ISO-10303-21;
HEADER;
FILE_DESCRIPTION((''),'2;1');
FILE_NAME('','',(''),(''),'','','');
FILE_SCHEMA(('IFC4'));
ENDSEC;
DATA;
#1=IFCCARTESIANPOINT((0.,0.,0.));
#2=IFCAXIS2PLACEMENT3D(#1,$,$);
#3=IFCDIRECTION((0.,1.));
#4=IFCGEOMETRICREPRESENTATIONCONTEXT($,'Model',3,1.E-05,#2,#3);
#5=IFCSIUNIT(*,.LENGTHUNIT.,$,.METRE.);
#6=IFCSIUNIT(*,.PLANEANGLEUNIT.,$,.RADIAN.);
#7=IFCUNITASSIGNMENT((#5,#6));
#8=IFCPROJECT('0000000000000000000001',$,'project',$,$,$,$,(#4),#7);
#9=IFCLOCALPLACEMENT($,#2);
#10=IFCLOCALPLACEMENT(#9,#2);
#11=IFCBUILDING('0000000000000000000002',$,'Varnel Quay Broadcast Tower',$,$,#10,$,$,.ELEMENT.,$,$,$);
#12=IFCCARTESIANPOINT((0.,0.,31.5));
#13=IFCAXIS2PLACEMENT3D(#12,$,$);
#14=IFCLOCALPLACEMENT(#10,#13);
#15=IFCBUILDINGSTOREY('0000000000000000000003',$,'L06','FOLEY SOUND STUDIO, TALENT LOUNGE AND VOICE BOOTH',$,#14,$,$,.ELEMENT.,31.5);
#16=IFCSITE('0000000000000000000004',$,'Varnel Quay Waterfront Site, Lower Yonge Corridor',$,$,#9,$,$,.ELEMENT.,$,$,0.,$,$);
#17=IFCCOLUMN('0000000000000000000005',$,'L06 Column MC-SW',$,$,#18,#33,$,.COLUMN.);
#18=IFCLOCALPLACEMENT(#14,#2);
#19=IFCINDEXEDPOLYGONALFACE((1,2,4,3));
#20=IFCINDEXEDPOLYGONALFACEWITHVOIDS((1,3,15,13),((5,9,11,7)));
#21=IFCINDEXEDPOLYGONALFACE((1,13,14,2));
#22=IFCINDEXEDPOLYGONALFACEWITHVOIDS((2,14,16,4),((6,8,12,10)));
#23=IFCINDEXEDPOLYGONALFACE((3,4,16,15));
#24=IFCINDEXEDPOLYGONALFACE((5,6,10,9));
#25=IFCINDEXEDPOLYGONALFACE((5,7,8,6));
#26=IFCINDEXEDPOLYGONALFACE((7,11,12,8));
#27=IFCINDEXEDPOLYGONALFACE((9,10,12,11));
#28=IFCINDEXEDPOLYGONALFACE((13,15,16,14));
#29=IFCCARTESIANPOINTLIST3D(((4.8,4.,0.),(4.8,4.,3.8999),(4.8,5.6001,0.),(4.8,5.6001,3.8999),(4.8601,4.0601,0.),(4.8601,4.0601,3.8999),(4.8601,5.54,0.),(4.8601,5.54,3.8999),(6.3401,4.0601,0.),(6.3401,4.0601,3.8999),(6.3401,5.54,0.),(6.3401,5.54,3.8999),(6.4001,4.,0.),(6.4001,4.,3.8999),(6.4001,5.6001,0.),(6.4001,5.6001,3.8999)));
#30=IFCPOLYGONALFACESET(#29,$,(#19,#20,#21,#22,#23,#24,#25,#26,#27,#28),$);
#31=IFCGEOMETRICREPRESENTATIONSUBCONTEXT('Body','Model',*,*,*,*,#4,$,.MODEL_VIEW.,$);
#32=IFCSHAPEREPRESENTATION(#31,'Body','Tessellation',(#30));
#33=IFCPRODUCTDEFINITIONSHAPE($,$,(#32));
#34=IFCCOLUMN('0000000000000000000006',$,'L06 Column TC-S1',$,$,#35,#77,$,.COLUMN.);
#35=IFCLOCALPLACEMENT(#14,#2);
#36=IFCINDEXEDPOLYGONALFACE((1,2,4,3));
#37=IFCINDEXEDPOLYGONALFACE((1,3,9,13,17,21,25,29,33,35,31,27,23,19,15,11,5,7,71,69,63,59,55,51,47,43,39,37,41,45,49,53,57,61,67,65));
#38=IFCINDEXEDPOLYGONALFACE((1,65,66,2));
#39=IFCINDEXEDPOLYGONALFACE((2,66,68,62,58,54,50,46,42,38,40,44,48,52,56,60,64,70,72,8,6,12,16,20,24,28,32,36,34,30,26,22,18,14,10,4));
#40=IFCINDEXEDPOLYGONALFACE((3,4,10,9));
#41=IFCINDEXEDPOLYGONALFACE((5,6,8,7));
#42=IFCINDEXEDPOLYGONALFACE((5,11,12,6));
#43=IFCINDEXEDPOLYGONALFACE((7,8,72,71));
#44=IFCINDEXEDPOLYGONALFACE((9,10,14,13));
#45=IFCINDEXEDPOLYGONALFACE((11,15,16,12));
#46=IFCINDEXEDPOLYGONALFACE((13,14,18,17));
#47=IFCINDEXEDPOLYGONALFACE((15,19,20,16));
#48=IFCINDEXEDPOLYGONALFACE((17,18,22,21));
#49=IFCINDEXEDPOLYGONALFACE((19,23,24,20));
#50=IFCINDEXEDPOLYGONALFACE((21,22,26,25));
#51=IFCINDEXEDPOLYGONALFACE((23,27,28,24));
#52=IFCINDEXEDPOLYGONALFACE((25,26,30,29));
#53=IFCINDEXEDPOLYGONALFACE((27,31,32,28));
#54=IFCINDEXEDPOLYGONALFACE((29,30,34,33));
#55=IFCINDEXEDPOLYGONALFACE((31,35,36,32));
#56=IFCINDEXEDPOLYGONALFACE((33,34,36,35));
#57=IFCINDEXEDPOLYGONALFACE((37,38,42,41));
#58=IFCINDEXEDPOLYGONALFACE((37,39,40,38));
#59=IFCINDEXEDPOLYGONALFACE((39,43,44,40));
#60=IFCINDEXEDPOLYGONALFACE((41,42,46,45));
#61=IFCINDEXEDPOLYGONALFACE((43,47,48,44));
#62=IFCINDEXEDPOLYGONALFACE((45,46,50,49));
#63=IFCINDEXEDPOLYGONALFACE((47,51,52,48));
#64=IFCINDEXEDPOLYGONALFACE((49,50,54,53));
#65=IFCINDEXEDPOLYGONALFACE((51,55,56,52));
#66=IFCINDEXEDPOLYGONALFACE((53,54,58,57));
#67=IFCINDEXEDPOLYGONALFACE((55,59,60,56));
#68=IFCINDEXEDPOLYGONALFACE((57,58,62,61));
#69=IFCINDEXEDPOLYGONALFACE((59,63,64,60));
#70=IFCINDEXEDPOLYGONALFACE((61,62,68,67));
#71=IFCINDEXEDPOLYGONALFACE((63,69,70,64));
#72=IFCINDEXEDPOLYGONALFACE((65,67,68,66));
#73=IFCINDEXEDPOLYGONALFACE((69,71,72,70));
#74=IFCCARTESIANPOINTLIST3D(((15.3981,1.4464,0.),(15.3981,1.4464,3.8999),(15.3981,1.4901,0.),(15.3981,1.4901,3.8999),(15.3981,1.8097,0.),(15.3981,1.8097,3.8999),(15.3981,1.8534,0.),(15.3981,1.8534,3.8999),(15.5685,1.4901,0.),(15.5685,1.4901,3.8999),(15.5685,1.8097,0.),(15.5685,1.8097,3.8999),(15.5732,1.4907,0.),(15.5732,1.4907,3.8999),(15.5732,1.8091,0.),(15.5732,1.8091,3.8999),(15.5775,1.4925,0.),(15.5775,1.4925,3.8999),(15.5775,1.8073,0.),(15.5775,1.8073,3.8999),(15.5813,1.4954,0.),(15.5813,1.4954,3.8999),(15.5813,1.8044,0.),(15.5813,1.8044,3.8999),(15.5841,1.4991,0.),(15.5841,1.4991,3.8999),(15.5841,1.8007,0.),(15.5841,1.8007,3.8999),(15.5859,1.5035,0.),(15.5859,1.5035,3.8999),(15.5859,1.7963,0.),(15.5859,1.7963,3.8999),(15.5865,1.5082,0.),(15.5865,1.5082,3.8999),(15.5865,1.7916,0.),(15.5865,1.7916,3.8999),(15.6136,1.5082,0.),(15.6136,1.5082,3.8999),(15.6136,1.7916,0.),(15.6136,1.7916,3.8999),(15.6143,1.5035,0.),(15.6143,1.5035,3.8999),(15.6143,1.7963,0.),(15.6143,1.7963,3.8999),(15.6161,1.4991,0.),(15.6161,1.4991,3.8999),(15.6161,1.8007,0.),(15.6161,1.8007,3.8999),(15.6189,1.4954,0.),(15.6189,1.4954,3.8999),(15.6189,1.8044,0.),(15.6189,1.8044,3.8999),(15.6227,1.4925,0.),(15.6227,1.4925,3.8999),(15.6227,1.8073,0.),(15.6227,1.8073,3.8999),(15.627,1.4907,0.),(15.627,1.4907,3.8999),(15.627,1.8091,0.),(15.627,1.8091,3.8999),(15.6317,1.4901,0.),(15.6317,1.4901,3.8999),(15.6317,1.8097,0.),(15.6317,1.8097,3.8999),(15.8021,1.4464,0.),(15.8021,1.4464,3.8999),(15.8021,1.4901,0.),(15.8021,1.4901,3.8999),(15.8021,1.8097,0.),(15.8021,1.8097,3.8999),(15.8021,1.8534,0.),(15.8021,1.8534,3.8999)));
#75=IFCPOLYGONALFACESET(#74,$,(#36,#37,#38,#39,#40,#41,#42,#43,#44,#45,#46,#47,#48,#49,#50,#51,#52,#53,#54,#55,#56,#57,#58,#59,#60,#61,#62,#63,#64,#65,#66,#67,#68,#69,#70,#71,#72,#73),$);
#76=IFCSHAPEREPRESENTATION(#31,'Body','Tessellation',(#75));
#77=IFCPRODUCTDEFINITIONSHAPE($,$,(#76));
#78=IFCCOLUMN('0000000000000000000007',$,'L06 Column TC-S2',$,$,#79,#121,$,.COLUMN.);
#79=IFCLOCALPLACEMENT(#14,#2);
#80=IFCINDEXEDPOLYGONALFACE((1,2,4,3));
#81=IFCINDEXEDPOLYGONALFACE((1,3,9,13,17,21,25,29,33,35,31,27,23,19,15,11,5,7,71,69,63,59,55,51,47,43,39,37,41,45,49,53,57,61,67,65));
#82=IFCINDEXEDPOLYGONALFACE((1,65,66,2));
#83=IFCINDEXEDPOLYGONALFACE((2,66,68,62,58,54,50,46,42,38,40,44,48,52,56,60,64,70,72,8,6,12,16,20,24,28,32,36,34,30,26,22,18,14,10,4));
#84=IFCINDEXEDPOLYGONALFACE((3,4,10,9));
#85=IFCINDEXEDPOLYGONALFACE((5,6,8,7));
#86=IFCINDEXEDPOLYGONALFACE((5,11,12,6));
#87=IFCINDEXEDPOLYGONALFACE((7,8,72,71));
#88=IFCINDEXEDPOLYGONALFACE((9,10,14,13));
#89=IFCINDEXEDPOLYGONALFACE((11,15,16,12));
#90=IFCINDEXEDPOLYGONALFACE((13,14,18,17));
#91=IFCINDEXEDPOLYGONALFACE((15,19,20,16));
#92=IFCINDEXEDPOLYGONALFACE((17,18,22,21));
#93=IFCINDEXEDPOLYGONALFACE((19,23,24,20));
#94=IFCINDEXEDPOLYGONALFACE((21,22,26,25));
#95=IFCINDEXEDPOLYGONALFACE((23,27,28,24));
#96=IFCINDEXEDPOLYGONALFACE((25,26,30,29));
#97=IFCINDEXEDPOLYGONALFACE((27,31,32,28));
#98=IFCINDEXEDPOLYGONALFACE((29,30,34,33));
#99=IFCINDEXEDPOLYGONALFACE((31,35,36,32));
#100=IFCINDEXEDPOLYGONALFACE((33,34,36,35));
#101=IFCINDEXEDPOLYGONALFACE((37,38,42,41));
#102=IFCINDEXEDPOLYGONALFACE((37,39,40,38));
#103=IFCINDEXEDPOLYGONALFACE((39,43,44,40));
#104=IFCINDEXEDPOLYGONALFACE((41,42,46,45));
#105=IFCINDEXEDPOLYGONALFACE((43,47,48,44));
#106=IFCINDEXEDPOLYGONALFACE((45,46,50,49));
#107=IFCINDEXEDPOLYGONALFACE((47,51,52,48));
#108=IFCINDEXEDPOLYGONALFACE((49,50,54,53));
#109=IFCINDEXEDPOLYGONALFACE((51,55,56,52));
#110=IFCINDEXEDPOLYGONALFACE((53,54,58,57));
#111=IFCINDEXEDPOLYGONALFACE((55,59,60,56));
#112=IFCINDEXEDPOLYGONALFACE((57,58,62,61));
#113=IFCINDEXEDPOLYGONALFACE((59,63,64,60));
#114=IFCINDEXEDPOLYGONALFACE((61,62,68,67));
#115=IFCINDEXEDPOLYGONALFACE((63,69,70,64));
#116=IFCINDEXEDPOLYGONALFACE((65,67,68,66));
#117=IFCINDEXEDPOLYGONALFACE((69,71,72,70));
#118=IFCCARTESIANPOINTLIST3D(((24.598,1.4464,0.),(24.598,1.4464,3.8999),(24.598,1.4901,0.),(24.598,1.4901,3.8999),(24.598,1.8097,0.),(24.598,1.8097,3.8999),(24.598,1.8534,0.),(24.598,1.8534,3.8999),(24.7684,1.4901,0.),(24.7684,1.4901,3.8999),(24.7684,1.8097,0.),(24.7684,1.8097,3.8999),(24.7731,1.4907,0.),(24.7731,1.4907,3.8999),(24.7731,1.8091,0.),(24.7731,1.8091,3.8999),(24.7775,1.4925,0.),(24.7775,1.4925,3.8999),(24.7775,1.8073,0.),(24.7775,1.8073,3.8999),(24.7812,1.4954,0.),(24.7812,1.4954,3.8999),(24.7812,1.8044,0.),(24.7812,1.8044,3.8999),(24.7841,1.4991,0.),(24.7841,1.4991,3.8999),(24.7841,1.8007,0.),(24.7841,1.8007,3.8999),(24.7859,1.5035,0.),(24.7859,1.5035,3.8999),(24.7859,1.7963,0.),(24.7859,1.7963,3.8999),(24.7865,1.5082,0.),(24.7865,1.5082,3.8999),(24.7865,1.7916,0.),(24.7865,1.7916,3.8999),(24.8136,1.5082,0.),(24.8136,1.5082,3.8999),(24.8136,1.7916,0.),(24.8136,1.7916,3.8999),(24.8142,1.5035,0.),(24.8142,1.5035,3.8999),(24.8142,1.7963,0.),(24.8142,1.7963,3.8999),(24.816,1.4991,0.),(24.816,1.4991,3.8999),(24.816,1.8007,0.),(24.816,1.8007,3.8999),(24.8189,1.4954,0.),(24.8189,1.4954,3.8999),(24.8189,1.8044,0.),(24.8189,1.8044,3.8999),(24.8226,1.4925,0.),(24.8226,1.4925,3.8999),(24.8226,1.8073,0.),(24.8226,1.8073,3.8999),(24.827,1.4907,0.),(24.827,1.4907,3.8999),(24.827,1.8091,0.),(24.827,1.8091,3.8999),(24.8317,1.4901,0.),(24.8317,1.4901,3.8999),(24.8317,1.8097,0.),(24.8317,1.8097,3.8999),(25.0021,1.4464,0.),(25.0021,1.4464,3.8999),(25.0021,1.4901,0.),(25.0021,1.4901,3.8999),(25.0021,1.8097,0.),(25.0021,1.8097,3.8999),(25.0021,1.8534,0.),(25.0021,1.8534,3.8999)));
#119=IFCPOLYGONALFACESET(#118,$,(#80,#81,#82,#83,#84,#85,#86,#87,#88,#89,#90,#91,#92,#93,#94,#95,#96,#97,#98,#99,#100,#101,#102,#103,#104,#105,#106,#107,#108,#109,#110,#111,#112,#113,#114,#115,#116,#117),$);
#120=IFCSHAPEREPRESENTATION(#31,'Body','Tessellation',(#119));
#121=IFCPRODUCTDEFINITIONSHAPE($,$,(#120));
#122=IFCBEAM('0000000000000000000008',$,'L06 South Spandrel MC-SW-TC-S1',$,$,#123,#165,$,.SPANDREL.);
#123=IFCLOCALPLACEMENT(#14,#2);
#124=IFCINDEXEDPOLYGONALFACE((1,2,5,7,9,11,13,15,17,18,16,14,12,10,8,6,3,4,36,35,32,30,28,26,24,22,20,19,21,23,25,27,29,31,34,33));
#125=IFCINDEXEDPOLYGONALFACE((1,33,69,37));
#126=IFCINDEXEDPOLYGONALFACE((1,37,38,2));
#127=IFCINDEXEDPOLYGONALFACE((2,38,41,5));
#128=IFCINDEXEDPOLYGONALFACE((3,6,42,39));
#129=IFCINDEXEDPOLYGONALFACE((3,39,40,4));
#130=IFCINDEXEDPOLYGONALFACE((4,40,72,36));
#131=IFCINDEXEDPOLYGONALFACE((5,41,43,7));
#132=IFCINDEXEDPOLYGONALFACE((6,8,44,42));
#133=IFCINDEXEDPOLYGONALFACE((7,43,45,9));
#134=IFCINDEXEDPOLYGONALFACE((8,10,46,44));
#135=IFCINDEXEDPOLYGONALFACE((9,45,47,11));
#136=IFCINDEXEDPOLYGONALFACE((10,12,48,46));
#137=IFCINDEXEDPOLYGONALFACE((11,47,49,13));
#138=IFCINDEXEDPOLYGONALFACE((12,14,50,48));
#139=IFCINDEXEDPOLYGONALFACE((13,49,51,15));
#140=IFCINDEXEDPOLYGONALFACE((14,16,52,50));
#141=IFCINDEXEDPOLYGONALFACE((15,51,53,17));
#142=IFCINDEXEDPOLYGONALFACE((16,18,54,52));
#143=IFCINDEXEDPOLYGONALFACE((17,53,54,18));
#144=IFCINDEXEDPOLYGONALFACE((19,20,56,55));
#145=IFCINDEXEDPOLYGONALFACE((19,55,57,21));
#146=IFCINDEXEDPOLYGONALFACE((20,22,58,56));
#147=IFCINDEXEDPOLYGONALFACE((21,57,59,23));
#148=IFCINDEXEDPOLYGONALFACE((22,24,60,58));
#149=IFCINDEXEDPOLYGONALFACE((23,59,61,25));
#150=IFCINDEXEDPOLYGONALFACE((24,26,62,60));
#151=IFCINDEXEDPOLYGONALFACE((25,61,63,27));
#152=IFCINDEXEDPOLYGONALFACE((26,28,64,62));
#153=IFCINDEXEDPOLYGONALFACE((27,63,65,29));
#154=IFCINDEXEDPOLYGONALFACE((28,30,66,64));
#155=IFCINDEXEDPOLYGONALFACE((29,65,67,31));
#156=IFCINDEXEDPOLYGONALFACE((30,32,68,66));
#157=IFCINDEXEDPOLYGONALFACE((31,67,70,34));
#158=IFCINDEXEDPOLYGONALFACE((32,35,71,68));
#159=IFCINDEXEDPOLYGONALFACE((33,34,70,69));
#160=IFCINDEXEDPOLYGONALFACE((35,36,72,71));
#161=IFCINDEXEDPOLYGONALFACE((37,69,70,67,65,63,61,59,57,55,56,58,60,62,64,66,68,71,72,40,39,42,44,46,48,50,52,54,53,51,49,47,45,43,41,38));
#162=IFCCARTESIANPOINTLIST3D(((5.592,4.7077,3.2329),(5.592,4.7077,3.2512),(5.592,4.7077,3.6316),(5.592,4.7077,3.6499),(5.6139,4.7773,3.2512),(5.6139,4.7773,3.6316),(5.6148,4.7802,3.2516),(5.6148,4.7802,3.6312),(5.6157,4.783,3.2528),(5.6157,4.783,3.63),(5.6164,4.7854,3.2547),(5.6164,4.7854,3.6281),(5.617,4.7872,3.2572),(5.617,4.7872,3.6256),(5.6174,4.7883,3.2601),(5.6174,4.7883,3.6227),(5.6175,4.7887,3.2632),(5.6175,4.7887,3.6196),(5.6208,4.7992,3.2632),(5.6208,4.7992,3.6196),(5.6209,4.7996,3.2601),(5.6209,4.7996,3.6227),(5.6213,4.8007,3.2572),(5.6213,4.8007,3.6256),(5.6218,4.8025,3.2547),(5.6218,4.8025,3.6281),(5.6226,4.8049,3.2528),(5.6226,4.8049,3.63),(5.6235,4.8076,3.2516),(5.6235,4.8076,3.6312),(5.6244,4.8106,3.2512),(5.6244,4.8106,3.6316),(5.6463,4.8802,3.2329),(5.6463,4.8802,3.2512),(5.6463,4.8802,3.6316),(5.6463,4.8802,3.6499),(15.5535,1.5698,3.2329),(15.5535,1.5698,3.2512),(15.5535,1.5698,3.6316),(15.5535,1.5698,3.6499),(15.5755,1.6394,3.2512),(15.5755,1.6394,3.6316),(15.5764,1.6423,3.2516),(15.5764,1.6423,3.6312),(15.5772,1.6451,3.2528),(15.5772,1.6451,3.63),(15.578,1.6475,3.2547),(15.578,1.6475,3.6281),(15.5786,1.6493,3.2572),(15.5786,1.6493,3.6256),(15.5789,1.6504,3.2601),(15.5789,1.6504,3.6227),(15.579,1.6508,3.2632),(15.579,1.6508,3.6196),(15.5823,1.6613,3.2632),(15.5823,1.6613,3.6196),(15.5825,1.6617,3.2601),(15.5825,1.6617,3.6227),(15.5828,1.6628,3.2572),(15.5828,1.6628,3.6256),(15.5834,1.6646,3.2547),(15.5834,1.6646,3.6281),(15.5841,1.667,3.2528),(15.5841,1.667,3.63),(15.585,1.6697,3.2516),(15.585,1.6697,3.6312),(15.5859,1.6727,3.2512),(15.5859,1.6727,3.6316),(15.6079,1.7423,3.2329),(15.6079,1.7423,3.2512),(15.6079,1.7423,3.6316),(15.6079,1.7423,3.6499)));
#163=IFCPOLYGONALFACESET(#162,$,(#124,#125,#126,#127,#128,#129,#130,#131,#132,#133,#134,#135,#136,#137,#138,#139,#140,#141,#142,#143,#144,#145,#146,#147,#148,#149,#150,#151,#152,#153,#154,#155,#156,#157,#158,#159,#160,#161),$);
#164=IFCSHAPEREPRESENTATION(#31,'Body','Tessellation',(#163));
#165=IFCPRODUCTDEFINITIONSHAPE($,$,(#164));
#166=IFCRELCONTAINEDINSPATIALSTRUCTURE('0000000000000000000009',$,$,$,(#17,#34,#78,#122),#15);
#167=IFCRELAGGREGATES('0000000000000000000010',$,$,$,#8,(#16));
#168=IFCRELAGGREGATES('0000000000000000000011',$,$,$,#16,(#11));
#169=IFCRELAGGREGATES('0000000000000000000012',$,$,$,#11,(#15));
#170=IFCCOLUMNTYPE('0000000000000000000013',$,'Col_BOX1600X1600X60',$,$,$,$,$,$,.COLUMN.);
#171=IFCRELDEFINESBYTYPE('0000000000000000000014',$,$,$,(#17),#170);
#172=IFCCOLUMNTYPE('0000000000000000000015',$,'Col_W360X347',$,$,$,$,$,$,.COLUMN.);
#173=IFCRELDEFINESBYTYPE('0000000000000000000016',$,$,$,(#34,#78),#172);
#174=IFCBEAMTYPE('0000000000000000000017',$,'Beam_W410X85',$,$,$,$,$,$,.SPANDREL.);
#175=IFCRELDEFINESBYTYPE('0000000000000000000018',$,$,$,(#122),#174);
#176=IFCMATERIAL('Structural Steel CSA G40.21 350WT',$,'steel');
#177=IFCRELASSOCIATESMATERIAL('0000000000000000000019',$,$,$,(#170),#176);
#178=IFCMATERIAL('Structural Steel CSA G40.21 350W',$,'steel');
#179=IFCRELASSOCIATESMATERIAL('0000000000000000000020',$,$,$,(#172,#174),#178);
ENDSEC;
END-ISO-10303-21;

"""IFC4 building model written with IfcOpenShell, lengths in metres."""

from ifc_helpers import new_model, si_unit, direction, frame, origin, origin_2d, place, context, subcontext, project, spatial, hollow_rectangle, i_section, extrude, source, transform, mapped, material, material_profile, profile_set, type_object, type_shapes, element, save


model = new_model("IFC4")

# Units and contexts
model_context = context("Model", 3, precision=1e-05, world=origin(), true_north=direction((0.0, 1.0)))
body_context = subcontext(model_context, "Body", "Model", "MODEL_VIEW")
ifc_project = project(units=[si_unit("LENGTHUNIT", "METRE"), si_unit("PLANEANGLEUNIT", "RADIAN")], contexts=[model_context])

# Site, building, storey
site_placement = place(None, origin())
site = spatial("IfcSite", under=ifc_project, at=site_placement, Name="Varnel Quay Waterfront Site, Lower Yonge Corridor", CompositionType="ELEMENT", RefElevation=0.0)
building_placement = place(site_placement, origin())
building = spatial("IfcBuilding", under=site, at=building_placement, Name="Varnel Quay Broadcast Tower", CompositionType="ELEMENT")
storey_placement = place(building_placement, frame((0.0, 0.0, 31.5)))
storey = spatial("IfcBuildingStorey", under=building, at=storey_placement, Name="L06", Description="FOLEY SOUND STUDIO, TALENT LOUNGE AND VOICE BOOTH", CompositionType="ELEMENT", Elevation=31.5)

# Columns
ifc_material_1 = material(Name="Structural Steel CSA G40.21 350WT", Category="steel")
ifc_material_profile_1 = material_profile(ifc_material_1, hollow_rectangle(XDim=1.6001, YDim=1.6001, WallThickness=0.0601, at=origin_2d()), Name="BOX1600X1600X60")
ifc_profile_set_1 = profile_set([ifc_material_profile_1], Name="Structural Steel CSA G40.21 350WT")
column_type_1 = type_object("IfcColumnType", Name="Col_BOX1600X1600X60", PredefinedType="COLUMN", material=ifc_profile_set_1)
shared_shape_1 = source(origin(), body_context, "Body", "SweptSolid", [
    extrude(hollow_rectangle(XDim=1.6001, YDim=1.6001, WallThickness=0.0601, at=origin_2d()), origin(), (0.0, 0.0, 1.0), 3.8999),
])
type_shapes(column_type_1, [shared_shape_1])
column_placement = place(storey_placement, frame((5.6001, 4.8, 0.0), z_axis=(0.0, 0.0, 1.0), x_axis=(1.0, 0.0, 0.0)))
element("IfcColumn", 1, at=column_placement, inside=storey, type_object=column_type_1, Name="L06 Column MC-SW", PredefinedType="COLUMN", context=body_context, shape_type="MappedRepresentation", body=[
    mapped(shared_shape_1, transform((0.0, 0.0, 0.0), x_axis=(1.0, 0.0, 0.0), y_axis=(0.0, 1.0, 0.0), z_axis=(0.0, 0.0, 1.0), scale=1.0)),
])
ifc_material_2 = material(Name="Structural Steel CSA G40.21 350W", Category="steel")
ifc_material_profile_2 = material_profile(ifc_material_2, i_section(OverallWidth=0.4041, OverallDepth=0.407, WebThickness=0.0271, FlangeThickness=0.0437, FilletRadius=0.0181, at=origin_2d()), Name="W360X347")
ifc_profile_set_2 = profile_set([ifc_material_profile_2], Name="Structural Steel CSA G40.21 350W")
column_type_2 = type_object("IfcColumnType", Name="Col_W360X347", PredefinedType="COLUMN", material=ifc_profile_set_2)
shared_shape_2 = source(origin(), body_context, "Body", "SweptSolid", [
    extrude(i_section(OverallWidth=0.4041, OverallDepth=0.407, WebThickness=0.0271, FlangeThickness=0.0437, FilletRadius=0.0181, at=origin_2d()), origin(), (0.0, 0.0, 1.0), 3.8999),
])
type_shapes(column_type_2, [shared_shape_2])
for number, where, z_axis, x_axis, name in (
    (2, (15.6001, 1.6499, 0.0), (0.0, 0.0, 1.0), (1.0, 0.0, 0.0), "L06 Column TC-S1"),
    (3, (24.8, 1.6499, 0.0), (0.0, 0.0, 1.0), (1.0, 0.0, 0.0), "L06 Column TC-S2"),
):
    element("IfcColumn", number, at=place(storey_placement, frame(where, z_axis=z_axis, x_axis=x_axis)), inside=storey, type_object=column_type_2, Name=name, PredefinedType="COLUMN", context=body_context, shape_type="MappedRepresentation", body=[
        mapped(shared_shape_2, transform((0.0, 0.0, 0.0), x_axis=(1.0, 0.0, 0.0), y_axis=(0.0, 1.0, 0.0), z_axis=(0.0, 0.0, 1.0), scale=1.0)),
    ])

# Beam
ifc_material_profile_3 = material_profile(ifc_material_2, i_section(OverallWidth=0.1809, OverallDepth=0.417, WebThickness=0.011, FlangeThickness=0.0183, FilletRadius=0.012, at=origin_2d()), Name="W410X85")
ifc_profile_set_3 = profile_set([ifc_material_profile_3], Name="Structural Steel CSA G40.21 350W")
beam_type_1 = type_object("IfcBeamType", Name="Beam_W410X85", PredefinedType="SPANDREL", material=ifc_profile_set_3)
shared_shape_3 = source(origin(), body_context, "Body", "SweptSolid", [
    extrude(i_section(OverallWidth=0.1809, OverallDepth=0.417, WebThickness=0.011, FlangeThickness=0.0183, FilletRadius=0.012, at=origin_2d()), origin(), (0.0, 0.0, 1.0), 10.4441),
])
beam_1_placement = place(storey_placement, frame((5.6191, 4.7939, 3.4414), z_axis=(0.953798, -0.300448, 0.0), x_axis=(0.300448, 0.953798, 0.0)))
element("IfcBeam", 4, at=beam_1_placement, inside=storey, type_object=beam_type_1, Name="L06 South Spandrel MC-SW-TC-S1", PredefinedType="SPANDREL", context=body_context, shape_type="MappedRepresentation", body=[
    mapped(shared_shape_3, transform((0.0, 0.0, 0.0), x_axis=(1.0, 0.0, 0.0), y_axis=(0.0, 1.0, 0.0), z_axis=(0.0, 0.0, 1.0), scale=1.0)),
])

save(model, "model.ifc")
